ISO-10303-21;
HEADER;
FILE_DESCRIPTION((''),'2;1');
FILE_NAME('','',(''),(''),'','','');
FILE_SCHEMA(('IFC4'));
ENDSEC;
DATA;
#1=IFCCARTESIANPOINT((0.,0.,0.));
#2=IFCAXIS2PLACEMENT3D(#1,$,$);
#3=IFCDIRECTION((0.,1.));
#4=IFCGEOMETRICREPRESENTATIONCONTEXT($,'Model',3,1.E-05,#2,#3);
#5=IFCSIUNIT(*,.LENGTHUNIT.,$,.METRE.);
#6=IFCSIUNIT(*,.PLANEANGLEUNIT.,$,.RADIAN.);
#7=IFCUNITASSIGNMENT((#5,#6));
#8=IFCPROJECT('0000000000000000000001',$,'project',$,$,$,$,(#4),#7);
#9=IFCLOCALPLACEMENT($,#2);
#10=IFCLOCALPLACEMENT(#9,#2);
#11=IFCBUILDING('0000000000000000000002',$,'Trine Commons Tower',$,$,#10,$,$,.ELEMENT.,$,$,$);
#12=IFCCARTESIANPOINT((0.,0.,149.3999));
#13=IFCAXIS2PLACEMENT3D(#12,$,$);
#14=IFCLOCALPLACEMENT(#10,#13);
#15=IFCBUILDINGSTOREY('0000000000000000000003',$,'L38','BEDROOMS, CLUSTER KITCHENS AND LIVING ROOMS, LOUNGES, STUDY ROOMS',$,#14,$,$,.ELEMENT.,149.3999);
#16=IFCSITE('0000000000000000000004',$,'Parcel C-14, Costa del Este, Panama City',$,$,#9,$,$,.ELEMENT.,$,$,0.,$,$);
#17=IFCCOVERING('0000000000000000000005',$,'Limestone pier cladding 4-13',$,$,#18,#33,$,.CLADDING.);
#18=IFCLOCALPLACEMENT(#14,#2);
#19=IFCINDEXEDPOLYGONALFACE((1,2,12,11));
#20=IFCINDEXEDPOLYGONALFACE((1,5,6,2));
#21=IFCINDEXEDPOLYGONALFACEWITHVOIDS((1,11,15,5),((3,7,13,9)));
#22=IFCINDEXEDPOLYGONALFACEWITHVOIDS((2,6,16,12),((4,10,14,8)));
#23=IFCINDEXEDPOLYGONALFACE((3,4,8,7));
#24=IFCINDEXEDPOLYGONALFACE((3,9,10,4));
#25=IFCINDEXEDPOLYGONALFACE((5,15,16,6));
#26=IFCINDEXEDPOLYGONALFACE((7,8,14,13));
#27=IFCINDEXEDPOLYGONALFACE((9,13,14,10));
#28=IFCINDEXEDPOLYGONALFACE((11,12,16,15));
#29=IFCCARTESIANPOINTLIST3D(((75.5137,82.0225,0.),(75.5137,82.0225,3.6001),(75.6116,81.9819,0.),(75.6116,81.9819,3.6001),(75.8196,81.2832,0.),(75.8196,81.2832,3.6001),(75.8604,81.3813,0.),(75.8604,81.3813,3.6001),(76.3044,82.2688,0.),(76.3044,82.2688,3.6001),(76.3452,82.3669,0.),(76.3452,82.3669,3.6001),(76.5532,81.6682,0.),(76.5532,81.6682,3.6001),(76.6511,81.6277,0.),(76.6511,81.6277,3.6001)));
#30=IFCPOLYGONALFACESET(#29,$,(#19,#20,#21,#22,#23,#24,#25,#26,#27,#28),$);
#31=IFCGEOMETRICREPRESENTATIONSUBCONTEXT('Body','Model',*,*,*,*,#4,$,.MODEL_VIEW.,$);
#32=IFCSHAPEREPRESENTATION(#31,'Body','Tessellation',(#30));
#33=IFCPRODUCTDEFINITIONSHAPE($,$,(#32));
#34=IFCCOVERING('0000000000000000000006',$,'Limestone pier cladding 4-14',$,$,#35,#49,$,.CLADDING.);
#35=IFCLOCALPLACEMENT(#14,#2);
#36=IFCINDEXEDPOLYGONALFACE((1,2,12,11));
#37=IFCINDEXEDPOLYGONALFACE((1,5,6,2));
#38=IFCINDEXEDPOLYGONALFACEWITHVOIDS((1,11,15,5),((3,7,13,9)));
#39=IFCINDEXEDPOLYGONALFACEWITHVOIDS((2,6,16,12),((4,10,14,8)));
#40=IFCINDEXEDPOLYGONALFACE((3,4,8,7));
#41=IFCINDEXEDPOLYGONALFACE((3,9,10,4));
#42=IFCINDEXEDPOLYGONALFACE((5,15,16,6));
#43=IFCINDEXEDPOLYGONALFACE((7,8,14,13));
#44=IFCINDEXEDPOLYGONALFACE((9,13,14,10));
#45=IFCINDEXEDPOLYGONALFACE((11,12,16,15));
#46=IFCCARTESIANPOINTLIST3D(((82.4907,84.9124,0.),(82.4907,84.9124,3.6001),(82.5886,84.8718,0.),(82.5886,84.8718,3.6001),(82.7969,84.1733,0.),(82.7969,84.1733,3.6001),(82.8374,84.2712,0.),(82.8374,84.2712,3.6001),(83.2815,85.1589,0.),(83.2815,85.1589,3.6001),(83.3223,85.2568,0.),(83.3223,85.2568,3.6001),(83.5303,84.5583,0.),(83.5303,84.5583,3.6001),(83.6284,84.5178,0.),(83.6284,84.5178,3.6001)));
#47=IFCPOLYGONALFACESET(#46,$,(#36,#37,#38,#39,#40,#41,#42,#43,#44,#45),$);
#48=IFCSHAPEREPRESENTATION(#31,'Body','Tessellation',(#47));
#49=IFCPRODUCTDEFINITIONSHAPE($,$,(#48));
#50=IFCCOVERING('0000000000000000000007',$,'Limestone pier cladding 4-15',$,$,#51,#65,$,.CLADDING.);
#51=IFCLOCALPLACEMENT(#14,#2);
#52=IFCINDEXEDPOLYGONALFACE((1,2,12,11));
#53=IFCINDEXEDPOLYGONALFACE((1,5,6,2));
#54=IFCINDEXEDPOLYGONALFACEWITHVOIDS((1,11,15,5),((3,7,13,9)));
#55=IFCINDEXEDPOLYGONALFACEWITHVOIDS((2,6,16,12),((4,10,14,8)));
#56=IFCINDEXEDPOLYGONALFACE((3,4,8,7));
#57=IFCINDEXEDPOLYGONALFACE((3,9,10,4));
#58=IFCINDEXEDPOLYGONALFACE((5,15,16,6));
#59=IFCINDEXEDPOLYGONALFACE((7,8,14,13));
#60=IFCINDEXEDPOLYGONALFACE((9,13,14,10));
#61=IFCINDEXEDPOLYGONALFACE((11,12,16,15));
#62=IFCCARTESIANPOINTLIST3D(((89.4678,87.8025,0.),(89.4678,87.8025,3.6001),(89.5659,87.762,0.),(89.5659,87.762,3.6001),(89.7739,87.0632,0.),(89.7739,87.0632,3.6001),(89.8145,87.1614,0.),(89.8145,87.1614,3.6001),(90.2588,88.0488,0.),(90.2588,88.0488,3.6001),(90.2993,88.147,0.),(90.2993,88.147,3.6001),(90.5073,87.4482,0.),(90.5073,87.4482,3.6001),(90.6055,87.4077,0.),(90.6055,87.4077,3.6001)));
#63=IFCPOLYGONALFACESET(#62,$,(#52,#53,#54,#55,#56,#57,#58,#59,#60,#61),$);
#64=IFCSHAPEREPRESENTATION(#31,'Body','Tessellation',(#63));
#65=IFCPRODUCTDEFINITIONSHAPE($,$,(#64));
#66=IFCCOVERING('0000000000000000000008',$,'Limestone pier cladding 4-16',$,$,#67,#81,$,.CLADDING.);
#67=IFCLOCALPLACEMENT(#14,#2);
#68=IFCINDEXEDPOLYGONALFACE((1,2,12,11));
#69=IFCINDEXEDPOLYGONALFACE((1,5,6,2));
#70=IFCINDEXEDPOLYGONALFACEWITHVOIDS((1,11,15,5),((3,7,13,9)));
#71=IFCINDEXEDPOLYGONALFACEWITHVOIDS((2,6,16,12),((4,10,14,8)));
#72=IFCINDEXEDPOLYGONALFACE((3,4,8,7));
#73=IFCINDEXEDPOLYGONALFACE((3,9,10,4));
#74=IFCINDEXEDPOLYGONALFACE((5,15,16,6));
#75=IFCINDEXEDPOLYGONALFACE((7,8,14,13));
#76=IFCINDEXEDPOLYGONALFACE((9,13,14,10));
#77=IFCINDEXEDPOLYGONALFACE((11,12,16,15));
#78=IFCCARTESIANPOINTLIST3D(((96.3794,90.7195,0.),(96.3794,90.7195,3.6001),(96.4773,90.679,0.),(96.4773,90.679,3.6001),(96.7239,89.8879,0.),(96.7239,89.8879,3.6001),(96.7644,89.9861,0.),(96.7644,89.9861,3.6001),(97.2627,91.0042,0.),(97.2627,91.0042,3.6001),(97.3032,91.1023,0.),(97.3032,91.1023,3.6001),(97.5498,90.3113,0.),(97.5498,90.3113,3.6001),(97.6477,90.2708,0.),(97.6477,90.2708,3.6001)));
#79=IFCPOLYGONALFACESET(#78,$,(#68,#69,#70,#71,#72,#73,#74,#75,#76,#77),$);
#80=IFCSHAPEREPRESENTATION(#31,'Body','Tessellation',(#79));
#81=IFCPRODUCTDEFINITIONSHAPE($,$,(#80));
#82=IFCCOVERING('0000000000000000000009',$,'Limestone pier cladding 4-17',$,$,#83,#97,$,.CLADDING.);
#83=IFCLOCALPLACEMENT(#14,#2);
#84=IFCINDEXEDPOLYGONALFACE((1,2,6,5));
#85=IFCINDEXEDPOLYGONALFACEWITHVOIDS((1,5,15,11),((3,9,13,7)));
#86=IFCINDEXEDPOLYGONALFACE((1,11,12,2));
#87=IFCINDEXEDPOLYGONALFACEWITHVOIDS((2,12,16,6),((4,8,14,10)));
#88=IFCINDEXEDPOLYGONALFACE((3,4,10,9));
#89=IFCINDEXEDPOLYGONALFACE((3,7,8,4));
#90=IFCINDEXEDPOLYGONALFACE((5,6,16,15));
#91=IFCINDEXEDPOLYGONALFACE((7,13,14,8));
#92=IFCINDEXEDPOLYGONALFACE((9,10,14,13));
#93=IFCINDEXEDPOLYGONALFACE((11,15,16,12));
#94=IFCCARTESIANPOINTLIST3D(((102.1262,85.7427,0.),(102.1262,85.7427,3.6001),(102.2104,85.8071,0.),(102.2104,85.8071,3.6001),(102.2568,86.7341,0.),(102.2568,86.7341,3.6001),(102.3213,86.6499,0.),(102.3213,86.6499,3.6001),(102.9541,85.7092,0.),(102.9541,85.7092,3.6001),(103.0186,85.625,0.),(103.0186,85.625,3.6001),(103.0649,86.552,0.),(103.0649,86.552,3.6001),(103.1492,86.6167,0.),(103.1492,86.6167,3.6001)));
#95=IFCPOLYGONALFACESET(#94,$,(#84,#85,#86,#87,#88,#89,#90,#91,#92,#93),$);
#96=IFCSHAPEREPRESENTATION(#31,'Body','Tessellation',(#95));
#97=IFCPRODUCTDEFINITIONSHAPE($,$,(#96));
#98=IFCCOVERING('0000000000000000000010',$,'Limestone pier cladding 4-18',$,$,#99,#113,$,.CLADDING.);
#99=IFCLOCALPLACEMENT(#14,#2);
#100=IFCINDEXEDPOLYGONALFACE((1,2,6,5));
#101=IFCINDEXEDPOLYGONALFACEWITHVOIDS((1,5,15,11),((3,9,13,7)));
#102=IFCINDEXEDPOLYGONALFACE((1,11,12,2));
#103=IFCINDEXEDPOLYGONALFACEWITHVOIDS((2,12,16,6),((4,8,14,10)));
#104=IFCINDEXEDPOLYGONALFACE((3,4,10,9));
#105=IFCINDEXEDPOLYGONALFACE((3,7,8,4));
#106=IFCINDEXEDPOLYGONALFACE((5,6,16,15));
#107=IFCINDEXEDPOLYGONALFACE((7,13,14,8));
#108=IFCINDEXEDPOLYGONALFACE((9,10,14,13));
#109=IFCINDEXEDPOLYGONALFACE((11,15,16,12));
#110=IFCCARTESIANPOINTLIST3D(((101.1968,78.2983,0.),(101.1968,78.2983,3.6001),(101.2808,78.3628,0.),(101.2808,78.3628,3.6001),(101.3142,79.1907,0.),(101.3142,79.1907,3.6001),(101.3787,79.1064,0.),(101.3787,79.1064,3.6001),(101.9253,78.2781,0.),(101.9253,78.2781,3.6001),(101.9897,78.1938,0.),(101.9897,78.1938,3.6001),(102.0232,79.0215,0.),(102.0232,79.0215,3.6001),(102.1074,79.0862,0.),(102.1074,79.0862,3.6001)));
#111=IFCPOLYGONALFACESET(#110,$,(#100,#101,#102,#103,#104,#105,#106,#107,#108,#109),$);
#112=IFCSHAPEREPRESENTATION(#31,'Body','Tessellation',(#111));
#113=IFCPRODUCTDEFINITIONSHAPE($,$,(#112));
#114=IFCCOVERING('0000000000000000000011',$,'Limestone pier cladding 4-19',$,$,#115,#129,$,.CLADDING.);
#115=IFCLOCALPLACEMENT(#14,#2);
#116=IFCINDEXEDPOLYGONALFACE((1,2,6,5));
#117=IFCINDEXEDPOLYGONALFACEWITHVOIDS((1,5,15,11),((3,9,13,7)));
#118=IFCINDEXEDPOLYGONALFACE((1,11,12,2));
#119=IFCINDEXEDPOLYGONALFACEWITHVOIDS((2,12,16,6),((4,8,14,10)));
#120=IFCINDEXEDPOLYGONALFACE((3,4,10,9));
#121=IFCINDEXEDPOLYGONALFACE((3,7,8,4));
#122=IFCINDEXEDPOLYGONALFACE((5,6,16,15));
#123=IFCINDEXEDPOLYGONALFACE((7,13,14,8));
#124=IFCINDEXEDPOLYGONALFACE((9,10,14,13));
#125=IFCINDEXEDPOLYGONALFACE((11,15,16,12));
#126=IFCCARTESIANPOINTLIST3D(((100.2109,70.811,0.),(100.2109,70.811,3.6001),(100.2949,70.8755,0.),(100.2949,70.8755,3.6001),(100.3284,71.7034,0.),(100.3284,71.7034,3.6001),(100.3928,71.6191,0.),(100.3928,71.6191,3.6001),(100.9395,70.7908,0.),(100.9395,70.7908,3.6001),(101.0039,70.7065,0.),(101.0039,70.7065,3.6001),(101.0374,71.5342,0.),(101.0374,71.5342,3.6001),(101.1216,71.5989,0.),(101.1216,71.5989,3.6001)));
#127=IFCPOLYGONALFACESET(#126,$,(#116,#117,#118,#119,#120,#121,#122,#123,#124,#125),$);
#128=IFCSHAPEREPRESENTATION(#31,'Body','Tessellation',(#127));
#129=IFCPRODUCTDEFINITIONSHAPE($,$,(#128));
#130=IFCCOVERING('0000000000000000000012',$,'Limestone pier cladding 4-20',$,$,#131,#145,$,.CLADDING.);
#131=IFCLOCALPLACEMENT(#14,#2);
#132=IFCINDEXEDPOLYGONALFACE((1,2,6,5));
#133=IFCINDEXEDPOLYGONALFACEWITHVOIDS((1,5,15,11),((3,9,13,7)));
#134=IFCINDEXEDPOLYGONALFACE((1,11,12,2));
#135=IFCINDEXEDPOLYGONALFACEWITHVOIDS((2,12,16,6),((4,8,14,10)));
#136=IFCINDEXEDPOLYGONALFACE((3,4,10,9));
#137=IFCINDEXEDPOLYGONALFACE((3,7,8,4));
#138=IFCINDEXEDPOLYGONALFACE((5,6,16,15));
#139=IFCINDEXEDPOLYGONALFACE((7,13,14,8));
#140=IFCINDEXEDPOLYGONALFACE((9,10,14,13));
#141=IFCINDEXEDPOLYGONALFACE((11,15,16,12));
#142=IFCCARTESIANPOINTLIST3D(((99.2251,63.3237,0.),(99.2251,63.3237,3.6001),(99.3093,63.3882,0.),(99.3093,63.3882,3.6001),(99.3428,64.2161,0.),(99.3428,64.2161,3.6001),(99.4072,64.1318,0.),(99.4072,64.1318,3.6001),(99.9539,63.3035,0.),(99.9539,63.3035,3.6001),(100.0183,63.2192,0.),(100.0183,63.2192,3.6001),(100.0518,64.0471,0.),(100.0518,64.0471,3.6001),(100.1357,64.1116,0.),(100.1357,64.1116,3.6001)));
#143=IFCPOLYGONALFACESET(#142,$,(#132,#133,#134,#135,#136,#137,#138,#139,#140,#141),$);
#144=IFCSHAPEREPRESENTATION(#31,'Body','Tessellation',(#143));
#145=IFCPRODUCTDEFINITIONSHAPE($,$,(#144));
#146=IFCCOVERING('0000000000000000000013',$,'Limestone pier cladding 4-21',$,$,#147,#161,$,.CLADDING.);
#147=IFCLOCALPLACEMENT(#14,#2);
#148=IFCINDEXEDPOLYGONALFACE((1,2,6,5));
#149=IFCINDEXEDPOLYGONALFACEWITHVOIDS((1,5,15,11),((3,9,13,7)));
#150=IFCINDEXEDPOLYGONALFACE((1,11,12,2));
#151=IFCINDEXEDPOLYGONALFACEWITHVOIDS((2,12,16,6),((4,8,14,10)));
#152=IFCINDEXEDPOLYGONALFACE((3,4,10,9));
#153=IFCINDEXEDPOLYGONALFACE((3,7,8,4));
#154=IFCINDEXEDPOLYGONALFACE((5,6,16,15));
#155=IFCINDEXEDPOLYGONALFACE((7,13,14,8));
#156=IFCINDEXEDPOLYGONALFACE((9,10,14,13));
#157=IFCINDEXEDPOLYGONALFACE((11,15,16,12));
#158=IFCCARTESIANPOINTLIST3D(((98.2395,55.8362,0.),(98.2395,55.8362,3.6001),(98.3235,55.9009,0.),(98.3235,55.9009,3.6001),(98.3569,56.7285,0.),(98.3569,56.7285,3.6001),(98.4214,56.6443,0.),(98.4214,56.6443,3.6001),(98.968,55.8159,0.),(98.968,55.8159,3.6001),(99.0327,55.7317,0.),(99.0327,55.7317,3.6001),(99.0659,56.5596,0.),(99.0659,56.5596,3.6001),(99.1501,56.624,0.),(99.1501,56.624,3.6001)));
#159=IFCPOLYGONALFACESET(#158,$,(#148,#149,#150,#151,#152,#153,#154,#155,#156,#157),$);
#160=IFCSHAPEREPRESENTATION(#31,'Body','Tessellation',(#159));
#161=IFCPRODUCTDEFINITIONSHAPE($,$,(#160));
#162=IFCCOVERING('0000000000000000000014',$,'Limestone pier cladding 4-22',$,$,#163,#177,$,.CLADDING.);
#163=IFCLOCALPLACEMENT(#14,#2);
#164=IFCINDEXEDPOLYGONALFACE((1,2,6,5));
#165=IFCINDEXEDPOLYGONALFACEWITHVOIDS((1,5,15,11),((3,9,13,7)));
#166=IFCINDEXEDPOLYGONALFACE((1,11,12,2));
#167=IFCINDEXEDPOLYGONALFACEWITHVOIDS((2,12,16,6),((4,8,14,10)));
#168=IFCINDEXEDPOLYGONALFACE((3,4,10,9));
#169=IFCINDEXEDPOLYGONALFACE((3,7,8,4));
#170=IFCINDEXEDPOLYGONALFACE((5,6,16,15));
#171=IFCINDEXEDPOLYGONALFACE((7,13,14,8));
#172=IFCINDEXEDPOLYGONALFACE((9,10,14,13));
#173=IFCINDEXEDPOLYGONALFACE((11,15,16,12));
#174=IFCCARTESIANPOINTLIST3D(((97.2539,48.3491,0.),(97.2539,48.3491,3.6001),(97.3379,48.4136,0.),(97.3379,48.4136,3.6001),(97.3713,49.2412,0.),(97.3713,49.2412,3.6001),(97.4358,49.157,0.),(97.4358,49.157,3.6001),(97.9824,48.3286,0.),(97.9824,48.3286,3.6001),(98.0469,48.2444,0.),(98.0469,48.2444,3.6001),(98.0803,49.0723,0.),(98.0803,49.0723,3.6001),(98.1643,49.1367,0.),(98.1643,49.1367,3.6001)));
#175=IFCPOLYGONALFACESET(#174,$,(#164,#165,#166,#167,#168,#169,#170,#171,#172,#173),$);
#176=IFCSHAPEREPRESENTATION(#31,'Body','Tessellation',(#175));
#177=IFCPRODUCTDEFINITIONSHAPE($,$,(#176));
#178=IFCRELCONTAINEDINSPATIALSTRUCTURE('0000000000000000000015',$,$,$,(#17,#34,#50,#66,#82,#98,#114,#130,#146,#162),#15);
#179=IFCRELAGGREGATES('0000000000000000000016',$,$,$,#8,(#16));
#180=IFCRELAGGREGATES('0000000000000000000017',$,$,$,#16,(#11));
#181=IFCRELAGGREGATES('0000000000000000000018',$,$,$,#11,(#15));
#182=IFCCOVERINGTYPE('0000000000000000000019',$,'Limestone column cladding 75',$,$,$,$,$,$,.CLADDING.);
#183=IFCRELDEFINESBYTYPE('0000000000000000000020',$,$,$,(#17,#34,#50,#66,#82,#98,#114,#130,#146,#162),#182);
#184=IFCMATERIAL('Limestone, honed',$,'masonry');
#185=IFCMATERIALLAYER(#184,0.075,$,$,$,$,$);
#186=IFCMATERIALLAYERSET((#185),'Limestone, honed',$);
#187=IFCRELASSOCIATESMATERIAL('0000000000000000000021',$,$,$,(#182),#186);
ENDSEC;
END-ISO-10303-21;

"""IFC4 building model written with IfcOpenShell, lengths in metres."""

from ifc_helpers import new_model, si_unit, direction, frame, origin, place, context, subcontext, project, spatial, polyline, outline, extrude, material, layer, layer_set, type_object, element, save


model = new_model("IFC4")

# Units and contexts
model_context = context("Model", 3, precision=1e-05, world=origin(), true_north=direction((0.0, 1.0)))
body_context = subcontext(model_context, "Body", "Model", "MODEL_VIEW")
ifc_project = project(units=[si_unit("LENGTHUNIT", "METRE"), si_unit("PLANEANGLEUNIT", "RADIAN")], contexts=[model_context])

# Site, building, storey
site_placement = place(None, origin())
site = spatial("IfcSite", under=ifc_project, at=site_placement, Name="Parcel C-14, Costa del Este, Panama City", CompositionType="ELEMENT", RefElevation=0.0)
building_placement = place(site_placement, origin())
building = spatial("IfcBuilding", under=site, at=building_placement, Name="Trine Commons Tower", CompositionType="ELEMENT")
storey_placement = place(building_placement, frame((0.0, 0.0, 149.3999)))
storey = spatial("IfcBuildingStorey", under=building, at=storey_placement, Name="L38", Description="BEDROOMS, CLUSTER KITCHENS AND LIVING ROOMS, LOUNGES, STUDY ROOMS", CompositionType="ELEMENT", Elevation=149.3999)

# Coverings
ifc_material_1 = material(Name="Limestone, honed", Category="masonry")
ifc_layer_1 = layer(ifc_material_1, 0.075)
ifc_layer_set_1 = layer_set([ifc_layer_1], Name="Limestone, honed")
covering_type_1 = type_object("IfcCoveringType", Name="Limestone column cladding 75", PredefinedType="CLADDING", material=ifc_layer_set_1)
covering_1_placement = place(storey_placement, origin())
element("IfcCovering", 1, at=covering_1_placement, inside=storey, type_object=covering_type_1, Name="Limestone pier cladding 4-13", PredefinedType="CLADDING", context=body_context, shape_type="SweptSolid", body=[
    extrude(outline(polyline([(76.6511, 81.6277), (76.3452, 82.3669), (75.5137, 82.0225), (75.8196, 81.2832), (76.6511, 81.6277)]), holes=[polyline([(76.5532, 81.6682), (76.3044, 82.2688), (75.6116, 81.9819), (75.8604, 81.3813), (76.5532, 81.6682)])]), origin(), (0.0, 0.0, 1.0), 3.6001),
])
covering_2_placement = place(storey_placement, origin())
element("IfcCovering", 2, at=covering_2_placement, inside=storey, type_object=covering_type_1, Name="Limestone pier cladding 4-14", PredefinedType="CLADDING", context=body_context, shape_type="SweptSolid", body=[
    extrude(outline(polyline([(83.6284, 84.5178), (83.3223, 85.2568), (82.4907, 84.9124), (82.7969, 84.1733), (83.6284, 84.5178)]), holes=[polyline([(83.5303, 84.5583), (83.2815, 85.1589), (82.5886, 84.8718), (82.8374, 84.2712), (83.5303, 84.5583)])]), origin(), (0.0, 0.0, 1.0), 3.6001),
])
covering_3_placement = place(storey_placement, origin())
element("IfcCovering", 3, at=covering_3_placement, inside=storey, type_object=covering_type_1, Name="Limestone pier cladding 4-15", PredefinedType="CLADDING", context=body_context, shape_type="SweptSolid", body=[
    extrude(outline(polyline([(90.6055, 87.4077), (90.2993, 88.147), (89.4678, 87.8025), (89.7739, 87.0632), (90.6055, 87.4077)]), holes=[polyline([(90.5073, 87.4482), (90.2588, 88.0488), (89.5659, 87.762), (89.8145, 87.1614), (90.5073, 87.4482)])]), origin(), (0.0, 0.0, 1.0), 3.6001),
])
covering_4_placement = place(storey_placement, origin())
element("IfcCovering", 4, at=covering_4_placement, inside=storey, type_object=covering_type_1, Name="Limestone pier cladding 4-16", PredefinedType="CLADDING", context=body_context, shape_type="SweptSolid", body=[
    extrude(outline(polyline([(97.6477, 90.2708), (97.3032, 91.1023), (96.3794, 90.7195), (96.7239, 89.8879), (97.6477, 90.2708)]), holes=[polyline([(97.5498, 90.3113), (97.2627, 91.0042), (96.4773, 90.679), (96.7644, 89.9861), (97.5498, 90.3113)])]), origin(), (0.0, 0.0, 1.0), 3.6001),
])
covering_5_placement = place(storey_placement, origin())
element("IfcCovering", 5, at=covering_5_placement, inside=storey, type_object=covering_type_1, Name="Limestone pier cladding 4-17", PredefinedType="CLADDING", context=body_context, shape_type="SweptSolid", body=[
    extrude(outline(polyline([(103.1492, 86.6167), (102.2568, 86.7341), (102.1262, 85.7427), (103.0186, 85.625), (103.1492, 86.6167)]), holes=[polyline([(103.0649, 86.552), (102.3213, 86.6499), (102.2104, 85.8071), (102.9541, 85.7092), (103.0649, 86.552)])]), origin(), (0.0, 0.0, 1.0), 3.6001),
])
covering_6_placement = place(storey_placement, origin())
element("IfcCovering", 6, at=covering_6_placement, inside=storey, type_object=covering_type_1, Name="Limestone pier cladding 4-18", PredefinedType="CLADDING", context=body_context, shape_type="SweptSolid", body=[
    extrude(outline(polyline([(102.1074, 79.0862), (101.3142, 79.1907), (101.1968, 78.2983), (101.9897, 78.1938), (102.1074, 79.0862)]), holes=[polyline([(102.0232, 79.0215), (101.3787, 79.1064), (101.2808, 78.3628), (101.9253, 78.2781), (102.0232, 79.0215)])]), origin(), (0.0, 0.0, 1.0), 3.6001),
])
covering_7_placement = place(storey_placement, origin())
element("IfcCovering", 7, at=covering_7_placement, inside=storey, type_object=covering_type_1, Name="Limestone pier cladding 4-19", PredefinedType="CLADDING", context=body_context, shape_type="SweptSolid", body=[
    extrude(outline(polyline([(101.1216, 71.5989), (100.3284, 71.7034), (100.2109, 70.811), (101.0039, 70.7065), (101.1216, 71.5989)]), holes=[polyline([(101.0374, 71.5342), (100.3928, 71.6191), (100.2949, 70.8755), (100.9395, 70.7908), (101.0374, 71.5342)])]), origin(), (0.0, 0.0, 1.0), 3.6001),
])
covering_8_placement = place(storey_placement, origin())
element("IfcCovering", 8, at=covering_8_placement, inside=storey, type_object=covering_type_1, Name="Limestone pier cladding 4-20", PredefinedType="CLADDING", context=body_context, shape_type="SweptSolid", body=[
    extrude(outline(polyline([(100.1357, 64.1116), (99.3428, 64.2161), (99.2251, 63.3237), (100.0183, 63.2192), (100.1357, 64.1116)]), holes=[polyline([(100.0518, 64.0471), (99.4072, 64.1318), (99.3093, 63.3882), (99.9539, 63.3035), (100.0518, 64.0471)])]), origin(), (0.0, 0.0, 1.0), 3.6001),
])
covering_9_placement = place(storey_placement, origin())
element("IfcCovering", 9, at=covering_9_placement, inside=storey, type_object=covering_type_1, Name="Limestone pier cladding 4-21", PredefinedType="CLADDING", context=body_context, shape_type="SweptSolid", body=[
    extrude(outline(polyline([(99.1501, 56.624), (98.3569, 56.7285), (98.2395, 55.8362), (99.0327, 55.7317), (99.1501, 56.624)]), holes=[polyline([(99.0659, 56.5596), (98.4214, 56.6443), (98.3235, 55.9009), (98.968, 55.8159), (99.0659, 56.5596)])]), origin(), (0.0, 0.0, 1.0), 3.6001),
])
covering_10_placement = place(storey_placement, origin())
element("IfcCovering", 10, at=covering_10_placement, inside=storey, type_object=covering_type_1, Name="Limestone pier cladding 4-22", PredefinedType="CLADDING", context=body_context, shape_type="SweptSolid", body=[
    extrude(outline(polyline([(98.1643, 49.1367), (97.3713, 49.2412), (97.2539, 48.3491), (98.0469, 48.2444), (98.1643, 49.1367)]), holes=[polyline([(98.0803, 49.0723), (97.4358, 49.157), (97.3379, 48.4136), (97.9824, 48.3286), (98.0803, 49.0723)])]), origin(), (0.0, 0.0, 1.0), 3.6001),
])

save(model, "model.ifc")
